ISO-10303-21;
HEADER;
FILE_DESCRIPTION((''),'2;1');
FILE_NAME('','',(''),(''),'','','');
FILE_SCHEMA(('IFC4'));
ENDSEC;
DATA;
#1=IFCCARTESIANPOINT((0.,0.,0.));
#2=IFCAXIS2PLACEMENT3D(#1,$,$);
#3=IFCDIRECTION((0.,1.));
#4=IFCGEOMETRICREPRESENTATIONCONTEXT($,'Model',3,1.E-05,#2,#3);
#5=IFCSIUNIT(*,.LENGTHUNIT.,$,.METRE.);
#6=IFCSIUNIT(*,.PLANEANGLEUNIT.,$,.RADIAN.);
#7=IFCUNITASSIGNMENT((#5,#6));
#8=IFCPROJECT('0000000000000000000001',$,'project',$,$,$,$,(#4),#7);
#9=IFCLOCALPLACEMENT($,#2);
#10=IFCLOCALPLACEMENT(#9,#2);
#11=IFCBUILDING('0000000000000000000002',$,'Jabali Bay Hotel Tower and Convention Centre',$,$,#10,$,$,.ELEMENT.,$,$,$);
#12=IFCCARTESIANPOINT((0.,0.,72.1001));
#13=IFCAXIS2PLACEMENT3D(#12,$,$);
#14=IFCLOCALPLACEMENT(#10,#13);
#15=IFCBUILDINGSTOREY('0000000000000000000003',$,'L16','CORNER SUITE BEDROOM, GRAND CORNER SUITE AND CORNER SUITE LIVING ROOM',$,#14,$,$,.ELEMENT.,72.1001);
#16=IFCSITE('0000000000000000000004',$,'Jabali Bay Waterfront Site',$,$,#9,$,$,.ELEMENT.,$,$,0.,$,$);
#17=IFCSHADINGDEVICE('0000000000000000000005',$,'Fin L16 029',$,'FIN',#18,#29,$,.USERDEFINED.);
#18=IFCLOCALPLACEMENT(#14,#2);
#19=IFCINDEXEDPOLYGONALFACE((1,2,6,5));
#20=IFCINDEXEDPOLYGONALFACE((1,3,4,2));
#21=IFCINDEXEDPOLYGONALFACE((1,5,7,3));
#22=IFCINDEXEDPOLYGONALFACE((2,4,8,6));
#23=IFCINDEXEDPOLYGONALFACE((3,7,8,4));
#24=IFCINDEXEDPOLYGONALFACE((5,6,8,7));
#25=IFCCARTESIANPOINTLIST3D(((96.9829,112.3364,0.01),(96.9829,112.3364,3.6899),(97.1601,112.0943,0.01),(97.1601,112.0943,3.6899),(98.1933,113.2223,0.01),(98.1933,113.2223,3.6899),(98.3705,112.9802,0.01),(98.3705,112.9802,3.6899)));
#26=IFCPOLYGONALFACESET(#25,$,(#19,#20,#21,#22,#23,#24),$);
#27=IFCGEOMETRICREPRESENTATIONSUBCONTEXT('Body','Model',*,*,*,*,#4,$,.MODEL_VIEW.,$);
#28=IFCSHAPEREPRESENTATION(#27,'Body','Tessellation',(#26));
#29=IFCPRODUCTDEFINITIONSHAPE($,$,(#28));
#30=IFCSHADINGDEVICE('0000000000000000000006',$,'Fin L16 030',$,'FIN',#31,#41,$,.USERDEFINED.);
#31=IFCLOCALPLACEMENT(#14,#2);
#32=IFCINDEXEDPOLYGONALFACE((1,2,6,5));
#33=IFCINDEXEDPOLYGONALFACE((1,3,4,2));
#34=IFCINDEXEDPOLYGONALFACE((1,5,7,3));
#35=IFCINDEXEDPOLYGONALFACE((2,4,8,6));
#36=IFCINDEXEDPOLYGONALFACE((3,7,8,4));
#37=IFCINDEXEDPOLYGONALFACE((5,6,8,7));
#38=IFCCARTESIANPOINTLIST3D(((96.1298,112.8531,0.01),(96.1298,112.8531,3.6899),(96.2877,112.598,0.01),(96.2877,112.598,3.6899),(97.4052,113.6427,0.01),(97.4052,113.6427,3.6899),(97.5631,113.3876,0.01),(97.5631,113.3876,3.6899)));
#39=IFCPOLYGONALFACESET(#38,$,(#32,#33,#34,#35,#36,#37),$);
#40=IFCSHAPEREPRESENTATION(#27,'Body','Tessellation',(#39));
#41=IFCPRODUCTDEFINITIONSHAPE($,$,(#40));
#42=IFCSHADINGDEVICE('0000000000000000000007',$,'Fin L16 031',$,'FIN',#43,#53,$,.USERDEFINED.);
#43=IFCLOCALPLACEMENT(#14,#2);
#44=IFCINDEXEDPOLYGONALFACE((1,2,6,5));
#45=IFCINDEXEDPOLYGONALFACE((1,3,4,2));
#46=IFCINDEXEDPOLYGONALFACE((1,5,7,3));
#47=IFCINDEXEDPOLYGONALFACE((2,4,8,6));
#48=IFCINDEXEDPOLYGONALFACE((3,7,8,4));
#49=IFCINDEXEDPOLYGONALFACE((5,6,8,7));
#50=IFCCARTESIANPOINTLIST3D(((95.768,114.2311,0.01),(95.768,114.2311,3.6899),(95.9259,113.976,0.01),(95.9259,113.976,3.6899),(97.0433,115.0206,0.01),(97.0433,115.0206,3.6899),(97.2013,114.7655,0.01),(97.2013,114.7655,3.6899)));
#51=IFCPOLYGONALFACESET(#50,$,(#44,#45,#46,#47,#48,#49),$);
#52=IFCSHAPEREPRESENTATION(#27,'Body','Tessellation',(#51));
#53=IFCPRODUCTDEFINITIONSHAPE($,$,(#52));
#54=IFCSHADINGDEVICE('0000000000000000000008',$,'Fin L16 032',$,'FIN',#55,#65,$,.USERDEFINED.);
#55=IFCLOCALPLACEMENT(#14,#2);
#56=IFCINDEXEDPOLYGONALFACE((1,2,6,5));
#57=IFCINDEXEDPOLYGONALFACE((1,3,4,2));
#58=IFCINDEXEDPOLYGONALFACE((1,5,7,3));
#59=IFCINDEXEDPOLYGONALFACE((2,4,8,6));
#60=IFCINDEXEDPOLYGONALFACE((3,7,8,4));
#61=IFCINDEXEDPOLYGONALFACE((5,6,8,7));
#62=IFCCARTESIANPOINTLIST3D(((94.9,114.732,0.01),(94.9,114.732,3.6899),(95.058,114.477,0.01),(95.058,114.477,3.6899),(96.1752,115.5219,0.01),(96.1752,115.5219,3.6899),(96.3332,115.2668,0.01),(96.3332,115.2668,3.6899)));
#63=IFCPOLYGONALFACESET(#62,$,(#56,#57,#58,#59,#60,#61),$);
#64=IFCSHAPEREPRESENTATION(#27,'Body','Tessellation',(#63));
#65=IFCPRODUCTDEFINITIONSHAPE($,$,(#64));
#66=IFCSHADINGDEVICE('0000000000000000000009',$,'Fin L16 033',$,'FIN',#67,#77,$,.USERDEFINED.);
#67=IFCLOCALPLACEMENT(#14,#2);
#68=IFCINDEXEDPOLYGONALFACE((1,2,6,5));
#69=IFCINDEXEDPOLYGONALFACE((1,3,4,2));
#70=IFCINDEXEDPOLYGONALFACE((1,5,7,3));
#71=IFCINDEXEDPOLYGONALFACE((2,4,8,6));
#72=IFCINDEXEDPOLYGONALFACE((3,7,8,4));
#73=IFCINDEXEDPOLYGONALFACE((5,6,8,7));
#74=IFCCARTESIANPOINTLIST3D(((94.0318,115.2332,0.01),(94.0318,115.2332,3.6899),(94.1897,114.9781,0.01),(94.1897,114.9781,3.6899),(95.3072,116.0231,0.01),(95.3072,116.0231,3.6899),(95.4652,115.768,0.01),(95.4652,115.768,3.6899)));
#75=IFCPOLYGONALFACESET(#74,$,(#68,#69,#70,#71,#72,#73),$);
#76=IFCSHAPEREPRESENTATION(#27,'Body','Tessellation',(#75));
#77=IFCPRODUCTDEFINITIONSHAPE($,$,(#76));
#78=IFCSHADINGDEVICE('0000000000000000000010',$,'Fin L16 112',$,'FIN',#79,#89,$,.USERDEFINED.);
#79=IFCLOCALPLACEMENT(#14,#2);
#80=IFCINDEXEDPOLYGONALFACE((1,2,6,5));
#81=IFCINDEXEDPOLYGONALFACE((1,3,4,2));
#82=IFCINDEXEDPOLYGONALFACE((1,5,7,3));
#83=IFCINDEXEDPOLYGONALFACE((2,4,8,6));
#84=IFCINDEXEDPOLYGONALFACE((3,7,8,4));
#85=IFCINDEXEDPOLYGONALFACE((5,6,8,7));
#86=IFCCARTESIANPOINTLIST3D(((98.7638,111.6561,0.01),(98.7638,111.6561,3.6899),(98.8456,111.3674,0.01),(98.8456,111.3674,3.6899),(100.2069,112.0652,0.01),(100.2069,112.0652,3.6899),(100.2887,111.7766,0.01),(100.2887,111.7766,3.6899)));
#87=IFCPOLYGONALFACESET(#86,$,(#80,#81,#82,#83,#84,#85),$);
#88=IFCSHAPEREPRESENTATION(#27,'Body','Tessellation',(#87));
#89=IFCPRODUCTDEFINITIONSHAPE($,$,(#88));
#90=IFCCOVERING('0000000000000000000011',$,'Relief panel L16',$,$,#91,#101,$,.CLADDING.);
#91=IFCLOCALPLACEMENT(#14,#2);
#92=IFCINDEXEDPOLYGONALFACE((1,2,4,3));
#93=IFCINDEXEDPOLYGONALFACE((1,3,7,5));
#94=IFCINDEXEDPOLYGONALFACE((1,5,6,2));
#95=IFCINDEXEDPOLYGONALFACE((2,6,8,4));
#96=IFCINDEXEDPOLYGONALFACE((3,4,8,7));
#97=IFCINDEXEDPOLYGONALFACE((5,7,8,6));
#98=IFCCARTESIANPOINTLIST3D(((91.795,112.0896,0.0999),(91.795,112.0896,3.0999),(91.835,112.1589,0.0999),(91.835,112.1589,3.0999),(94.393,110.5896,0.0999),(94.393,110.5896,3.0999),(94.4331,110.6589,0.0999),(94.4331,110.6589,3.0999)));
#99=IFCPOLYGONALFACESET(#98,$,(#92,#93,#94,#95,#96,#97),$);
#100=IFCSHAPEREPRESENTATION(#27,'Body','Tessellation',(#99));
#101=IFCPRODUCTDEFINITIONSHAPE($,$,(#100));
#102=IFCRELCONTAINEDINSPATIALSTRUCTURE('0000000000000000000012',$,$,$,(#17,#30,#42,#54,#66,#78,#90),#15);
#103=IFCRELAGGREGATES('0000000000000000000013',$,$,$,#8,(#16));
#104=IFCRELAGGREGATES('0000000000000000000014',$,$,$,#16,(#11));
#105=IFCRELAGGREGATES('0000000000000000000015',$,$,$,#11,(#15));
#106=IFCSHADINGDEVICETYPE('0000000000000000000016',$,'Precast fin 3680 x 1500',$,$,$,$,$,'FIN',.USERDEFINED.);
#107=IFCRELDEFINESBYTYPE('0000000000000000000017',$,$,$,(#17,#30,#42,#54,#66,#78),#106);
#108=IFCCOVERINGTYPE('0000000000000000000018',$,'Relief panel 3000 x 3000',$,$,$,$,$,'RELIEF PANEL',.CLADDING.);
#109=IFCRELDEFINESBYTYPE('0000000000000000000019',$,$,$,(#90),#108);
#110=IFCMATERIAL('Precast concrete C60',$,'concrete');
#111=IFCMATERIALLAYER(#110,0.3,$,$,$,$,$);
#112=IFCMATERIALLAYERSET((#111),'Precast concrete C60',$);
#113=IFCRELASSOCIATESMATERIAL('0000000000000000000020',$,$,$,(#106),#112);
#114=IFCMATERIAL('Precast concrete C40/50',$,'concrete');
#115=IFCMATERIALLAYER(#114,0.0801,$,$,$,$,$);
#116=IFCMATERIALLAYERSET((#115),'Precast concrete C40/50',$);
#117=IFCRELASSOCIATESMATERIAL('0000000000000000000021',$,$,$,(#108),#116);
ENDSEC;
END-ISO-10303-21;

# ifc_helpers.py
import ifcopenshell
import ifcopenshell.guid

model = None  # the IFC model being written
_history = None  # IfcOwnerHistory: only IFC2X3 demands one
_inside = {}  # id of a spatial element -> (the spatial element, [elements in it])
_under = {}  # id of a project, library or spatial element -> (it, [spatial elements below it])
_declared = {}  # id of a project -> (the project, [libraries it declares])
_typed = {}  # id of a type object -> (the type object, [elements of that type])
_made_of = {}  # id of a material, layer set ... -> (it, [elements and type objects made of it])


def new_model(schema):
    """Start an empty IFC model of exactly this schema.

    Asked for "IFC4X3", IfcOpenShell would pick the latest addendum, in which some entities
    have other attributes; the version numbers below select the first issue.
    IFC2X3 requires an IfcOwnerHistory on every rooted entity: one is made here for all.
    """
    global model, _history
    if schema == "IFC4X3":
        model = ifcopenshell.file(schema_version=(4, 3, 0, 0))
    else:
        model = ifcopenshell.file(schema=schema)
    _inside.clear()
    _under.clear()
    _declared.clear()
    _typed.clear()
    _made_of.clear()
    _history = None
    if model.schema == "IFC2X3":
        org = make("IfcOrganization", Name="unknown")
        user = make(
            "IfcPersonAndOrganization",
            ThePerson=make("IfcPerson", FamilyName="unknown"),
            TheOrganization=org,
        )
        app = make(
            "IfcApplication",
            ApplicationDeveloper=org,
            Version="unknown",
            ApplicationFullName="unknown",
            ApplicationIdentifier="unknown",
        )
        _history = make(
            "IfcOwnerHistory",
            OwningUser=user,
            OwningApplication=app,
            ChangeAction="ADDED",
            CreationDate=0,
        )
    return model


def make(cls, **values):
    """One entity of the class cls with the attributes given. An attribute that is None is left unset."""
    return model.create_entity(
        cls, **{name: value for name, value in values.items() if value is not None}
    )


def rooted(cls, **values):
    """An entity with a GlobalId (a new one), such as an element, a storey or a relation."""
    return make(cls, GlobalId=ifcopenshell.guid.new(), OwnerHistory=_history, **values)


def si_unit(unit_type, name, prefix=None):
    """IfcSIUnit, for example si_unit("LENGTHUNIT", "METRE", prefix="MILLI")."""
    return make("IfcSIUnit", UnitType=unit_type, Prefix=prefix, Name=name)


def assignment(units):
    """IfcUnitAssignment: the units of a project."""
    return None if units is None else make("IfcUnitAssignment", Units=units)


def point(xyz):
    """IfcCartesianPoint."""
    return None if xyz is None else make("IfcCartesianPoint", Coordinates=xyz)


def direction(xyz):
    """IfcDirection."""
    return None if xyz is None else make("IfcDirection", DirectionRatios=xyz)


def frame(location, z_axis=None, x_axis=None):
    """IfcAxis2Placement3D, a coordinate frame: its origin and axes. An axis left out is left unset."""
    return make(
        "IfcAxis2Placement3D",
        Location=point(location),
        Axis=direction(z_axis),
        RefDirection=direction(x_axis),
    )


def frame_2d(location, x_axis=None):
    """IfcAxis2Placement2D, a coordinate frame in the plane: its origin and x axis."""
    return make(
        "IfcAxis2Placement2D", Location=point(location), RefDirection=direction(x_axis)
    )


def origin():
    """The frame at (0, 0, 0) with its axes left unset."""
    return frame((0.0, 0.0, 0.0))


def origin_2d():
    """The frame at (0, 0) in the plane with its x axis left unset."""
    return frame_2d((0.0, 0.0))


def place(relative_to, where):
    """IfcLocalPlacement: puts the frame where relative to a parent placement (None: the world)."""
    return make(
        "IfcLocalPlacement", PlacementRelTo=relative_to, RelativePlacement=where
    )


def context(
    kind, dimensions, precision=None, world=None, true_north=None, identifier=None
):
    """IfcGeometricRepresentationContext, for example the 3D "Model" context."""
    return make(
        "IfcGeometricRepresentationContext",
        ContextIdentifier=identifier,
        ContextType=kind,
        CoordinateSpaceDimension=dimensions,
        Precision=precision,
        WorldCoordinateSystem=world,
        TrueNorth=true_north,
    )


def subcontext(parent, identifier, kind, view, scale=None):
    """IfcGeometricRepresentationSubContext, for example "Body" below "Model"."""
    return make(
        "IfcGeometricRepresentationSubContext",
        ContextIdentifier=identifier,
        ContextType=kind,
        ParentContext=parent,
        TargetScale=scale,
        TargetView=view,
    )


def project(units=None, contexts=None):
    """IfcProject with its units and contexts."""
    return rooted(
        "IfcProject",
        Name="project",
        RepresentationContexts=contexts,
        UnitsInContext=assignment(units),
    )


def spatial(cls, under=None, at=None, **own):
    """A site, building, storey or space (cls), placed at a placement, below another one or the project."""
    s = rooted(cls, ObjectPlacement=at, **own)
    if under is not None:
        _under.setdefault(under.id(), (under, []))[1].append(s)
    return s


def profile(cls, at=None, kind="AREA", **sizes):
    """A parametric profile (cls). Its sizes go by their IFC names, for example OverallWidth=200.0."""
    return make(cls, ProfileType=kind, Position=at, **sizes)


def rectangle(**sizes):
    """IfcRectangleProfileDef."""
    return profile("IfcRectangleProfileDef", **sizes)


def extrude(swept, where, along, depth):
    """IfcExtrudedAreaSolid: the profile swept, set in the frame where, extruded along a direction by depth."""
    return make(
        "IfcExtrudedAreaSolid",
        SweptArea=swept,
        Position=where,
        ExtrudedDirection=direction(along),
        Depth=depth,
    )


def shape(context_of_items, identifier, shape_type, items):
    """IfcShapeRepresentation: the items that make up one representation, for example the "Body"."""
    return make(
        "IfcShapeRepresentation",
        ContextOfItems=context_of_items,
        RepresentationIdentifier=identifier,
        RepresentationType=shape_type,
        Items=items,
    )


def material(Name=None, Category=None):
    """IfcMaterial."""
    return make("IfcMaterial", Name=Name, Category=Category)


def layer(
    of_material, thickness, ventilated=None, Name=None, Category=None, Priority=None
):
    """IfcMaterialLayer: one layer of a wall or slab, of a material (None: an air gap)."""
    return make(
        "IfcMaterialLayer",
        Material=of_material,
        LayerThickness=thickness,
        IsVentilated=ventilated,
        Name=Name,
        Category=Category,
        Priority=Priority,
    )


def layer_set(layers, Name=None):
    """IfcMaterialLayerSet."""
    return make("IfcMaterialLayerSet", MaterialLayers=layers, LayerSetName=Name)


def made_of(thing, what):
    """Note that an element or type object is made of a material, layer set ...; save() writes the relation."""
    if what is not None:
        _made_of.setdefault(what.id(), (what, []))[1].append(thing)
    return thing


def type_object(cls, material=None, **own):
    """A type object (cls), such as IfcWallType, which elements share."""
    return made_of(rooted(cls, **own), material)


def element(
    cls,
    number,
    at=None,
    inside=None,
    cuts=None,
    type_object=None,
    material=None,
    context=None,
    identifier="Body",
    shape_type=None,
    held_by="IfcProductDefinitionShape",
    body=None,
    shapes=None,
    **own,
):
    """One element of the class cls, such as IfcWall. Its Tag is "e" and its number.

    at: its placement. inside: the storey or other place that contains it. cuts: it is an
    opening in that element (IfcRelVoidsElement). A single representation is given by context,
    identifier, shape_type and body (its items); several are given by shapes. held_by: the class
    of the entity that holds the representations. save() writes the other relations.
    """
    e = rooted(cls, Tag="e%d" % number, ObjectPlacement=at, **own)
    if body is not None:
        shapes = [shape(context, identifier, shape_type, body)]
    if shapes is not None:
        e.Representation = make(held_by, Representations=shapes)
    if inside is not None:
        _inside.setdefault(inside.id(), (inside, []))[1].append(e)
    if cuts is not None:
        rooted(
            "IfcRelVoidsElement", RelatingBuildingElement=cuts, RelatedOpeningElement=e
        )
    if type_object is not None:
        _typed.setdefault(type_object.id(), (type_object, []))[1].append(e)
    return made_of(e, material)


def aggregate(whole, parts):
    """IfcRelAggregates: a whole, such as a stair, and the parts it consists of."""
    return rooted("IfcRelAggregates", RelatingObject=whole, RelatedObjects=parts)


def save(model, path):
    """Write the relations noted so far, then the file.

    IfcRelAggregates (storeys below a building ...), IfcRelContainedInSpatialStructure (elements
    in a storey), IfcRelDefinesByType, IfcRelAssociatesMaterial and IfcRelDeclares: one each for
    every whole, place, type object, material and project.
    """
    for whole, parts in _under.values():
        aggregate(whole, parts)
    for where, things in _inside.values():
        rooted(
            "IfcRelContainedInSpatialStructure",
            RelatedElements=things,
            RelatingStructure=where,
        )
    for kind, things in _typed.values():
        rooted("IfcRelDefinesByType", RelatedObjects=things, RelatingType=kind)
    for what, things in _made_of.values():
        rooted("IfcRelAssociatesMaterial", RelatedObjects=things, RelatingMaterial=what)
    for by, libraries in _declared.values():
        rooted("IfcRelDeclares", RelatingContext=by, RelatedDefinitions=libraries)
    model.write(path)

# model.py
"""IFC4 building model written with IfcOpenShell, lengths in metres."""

from ifc_helpers import new_model, si_unit, direction, frame, frame_2d, origin, origin_2d, place, context, subcontext, project, spatial, rectangle, extrude, material, layer, layer_set, type_object, element, save


model = new_model("IFC4")

# Units and contexts
model_context = context("Model", 3, precision=1e-05, world=origin(), true_north=direction((0.0, 1.0)))
body_context = subcontext(model_context, "Body", "Model", "MODEL_VIEW")
ifc_project = project(units=[si_unit("LENGTHUNIT", "METRE"), si_unit("PLANEANGLEUNIT", "RADIAN")], contexts=[model_context])

# Site, building, storey
site_placement = place(None, origin())
site = spatial("IfcSite", under=ifc_project, at=site_placement, Name="Jabali Bay Waterfront Site", CompositionType="ELEMENT", RefElevation=0.0)
building_placement = place(site_placement, origin())
building = spatial("IfcBuilding", under=site, at=building_placement, Name="Jabali Bay Hotel Tower and Convention Centre", CompositionType="ELEMENT")
storey_placement = place(building_placement, frame((0.0, 0.0, 72.1001)))
storey = spatial("IfcBuildingStorey", under=building, at=storey_placement, Name="L16", Description="CORNER SUITE BEDROOM, GRAND CORNER SUITE AND CORNER SUITE LIVING ROOM", CompositionType="ELEMENT", Elevation=72.1001)

# Shading devices
ifc_material_1 = material(Name="Precast concrete C60", Category="concrete")
ifc_layer_1 = layer(ifc_material_1, 0.3)
ifc_layer_set_1 = layer_set([ifc_layer_1], Name="Precast concrete C60")
shading_device_type = type_object("IfcShadingDeviceType", Name="Precast fin 3680 x 1500", ElementType="FIN", PredefinedType="USERDEFINED", material=ifc_layer_set_1)
for number, where, z_axis, x_axis, name in (
    (1, (97.0715, 112.2153, 0.01), (0.0, 0.0, 1.0), (0.806938, 0.590637, 0.0), "Fin L16 029"),
    (2, (96.2087, 112.7256, 0.01), (0.0, 0.0, 1.0), (0.850258, 0.526366, 0.0), "Fin L16 030"),
    (3, (95.8469, 114.1035, 0.01), (0.0, 0.0, 1.0), (0.850258, 0.526366, 0.0), "Fin L16 031"),
    (4, (94.979, 114.6045, 0.01), (0.0, 0.0, 1.0), (0.85014, 0.526556, 0.0), "Fin L16 032"),
):
    element("IfcShadingDevice", number, at=place(storey_placement, frame(where, z_axis=z_axis, x_axis=x_axis)), inside=storey, type_object=shading_device_type, Name=name, ObjectType="FIN", PredefinedType="USERDEFINED", context=body_context, shape_type="SweptSolid", body=[
        extrude(rectangle(XDim=1.5, YDim=0.3, at=frame_2d((0.75, 0.0))), origin(), (0.0, 0.0, 1.0), 3.6799),
    ])
shading_device_1_placement = place(storey_placement, frame((94.1108, 115.1057, 0.01), z_axis=(0.0, 0.0, 1.0), x_axis=(0.850185, 0.526483, 0.0)))
element("IfcShadingDevice", 5, at=shading_device_1_placement, inside=storey, type_object=shading_device_type, Name="Fin L16 033", ObjectType="FIN", PredefinedType="USERDEFINED", context=body_context, shape_type="SweptSolid", body=[
    extrude(rectangle(XDim=1.5002, YDim=0.3, at=frame_2d((0.75, 0.0))), origin(), (0.0, 0.0, 1.0), 3.6799),
])
shading_device_2_placement = place(storey_placement, frame((98.8047, 111.5117, 0.01), z_axis=(0.0, 0.0, 1.0), x_axis=(0.962075, 0.272786, 0.0)))
element("IfcShadingDevice", 6, at=shading_device_2_placement, inside=storey, type_object=shading_device_type, Name="Fin L16 112", ObjectType="FIN", PredefinedType="USERDEFINED", context=body_context, shape_type="SweptSolid", body=[
    extrude(rectangle(XDim=1.5, YDim=0.3, at=frame_2d((0.75, 0.0))), origin(), (0.0, 0.0, 1.0), 3.6799),
])

# Covering
ifc_material_2 = material(Name="Precast concrete C40/50", Category="concrete")
ifc_layer_2 = layer(ifc_material_2, 0.0801)
ifc_layer_set_2 = layer_set([ifc_layer_2], Name="Precast concrete C40/50")
covering_type = type_object("IfcCoveringType", Name="Relief panel 3000 x 3000", ElementType="RELIEF PANEL", PredefinedType="CLADDING", material=ifc_layer_set_2)
covering_placement = place(storey_placement, frame((93.114, 111.3743, 0.0999), z_axis=(0.0, 0.0, 1.0), x_axis=(0.866025, -0.5, 0.0)))
element("IfcCovering", 7, at=covering_placement, inside=storey, type_object=covering_type, Name="Relief panel L16", PredefinedType="CLADDING", context=body_context, shape_type="SweptSolid", body=[
    extrude(rectangle(XDim=3.0, YDim=0.0801, at=origin_2d()), origin(), (0.0, 0.0, 1.0), 3.0),
])

save(model, "model.ifc")
